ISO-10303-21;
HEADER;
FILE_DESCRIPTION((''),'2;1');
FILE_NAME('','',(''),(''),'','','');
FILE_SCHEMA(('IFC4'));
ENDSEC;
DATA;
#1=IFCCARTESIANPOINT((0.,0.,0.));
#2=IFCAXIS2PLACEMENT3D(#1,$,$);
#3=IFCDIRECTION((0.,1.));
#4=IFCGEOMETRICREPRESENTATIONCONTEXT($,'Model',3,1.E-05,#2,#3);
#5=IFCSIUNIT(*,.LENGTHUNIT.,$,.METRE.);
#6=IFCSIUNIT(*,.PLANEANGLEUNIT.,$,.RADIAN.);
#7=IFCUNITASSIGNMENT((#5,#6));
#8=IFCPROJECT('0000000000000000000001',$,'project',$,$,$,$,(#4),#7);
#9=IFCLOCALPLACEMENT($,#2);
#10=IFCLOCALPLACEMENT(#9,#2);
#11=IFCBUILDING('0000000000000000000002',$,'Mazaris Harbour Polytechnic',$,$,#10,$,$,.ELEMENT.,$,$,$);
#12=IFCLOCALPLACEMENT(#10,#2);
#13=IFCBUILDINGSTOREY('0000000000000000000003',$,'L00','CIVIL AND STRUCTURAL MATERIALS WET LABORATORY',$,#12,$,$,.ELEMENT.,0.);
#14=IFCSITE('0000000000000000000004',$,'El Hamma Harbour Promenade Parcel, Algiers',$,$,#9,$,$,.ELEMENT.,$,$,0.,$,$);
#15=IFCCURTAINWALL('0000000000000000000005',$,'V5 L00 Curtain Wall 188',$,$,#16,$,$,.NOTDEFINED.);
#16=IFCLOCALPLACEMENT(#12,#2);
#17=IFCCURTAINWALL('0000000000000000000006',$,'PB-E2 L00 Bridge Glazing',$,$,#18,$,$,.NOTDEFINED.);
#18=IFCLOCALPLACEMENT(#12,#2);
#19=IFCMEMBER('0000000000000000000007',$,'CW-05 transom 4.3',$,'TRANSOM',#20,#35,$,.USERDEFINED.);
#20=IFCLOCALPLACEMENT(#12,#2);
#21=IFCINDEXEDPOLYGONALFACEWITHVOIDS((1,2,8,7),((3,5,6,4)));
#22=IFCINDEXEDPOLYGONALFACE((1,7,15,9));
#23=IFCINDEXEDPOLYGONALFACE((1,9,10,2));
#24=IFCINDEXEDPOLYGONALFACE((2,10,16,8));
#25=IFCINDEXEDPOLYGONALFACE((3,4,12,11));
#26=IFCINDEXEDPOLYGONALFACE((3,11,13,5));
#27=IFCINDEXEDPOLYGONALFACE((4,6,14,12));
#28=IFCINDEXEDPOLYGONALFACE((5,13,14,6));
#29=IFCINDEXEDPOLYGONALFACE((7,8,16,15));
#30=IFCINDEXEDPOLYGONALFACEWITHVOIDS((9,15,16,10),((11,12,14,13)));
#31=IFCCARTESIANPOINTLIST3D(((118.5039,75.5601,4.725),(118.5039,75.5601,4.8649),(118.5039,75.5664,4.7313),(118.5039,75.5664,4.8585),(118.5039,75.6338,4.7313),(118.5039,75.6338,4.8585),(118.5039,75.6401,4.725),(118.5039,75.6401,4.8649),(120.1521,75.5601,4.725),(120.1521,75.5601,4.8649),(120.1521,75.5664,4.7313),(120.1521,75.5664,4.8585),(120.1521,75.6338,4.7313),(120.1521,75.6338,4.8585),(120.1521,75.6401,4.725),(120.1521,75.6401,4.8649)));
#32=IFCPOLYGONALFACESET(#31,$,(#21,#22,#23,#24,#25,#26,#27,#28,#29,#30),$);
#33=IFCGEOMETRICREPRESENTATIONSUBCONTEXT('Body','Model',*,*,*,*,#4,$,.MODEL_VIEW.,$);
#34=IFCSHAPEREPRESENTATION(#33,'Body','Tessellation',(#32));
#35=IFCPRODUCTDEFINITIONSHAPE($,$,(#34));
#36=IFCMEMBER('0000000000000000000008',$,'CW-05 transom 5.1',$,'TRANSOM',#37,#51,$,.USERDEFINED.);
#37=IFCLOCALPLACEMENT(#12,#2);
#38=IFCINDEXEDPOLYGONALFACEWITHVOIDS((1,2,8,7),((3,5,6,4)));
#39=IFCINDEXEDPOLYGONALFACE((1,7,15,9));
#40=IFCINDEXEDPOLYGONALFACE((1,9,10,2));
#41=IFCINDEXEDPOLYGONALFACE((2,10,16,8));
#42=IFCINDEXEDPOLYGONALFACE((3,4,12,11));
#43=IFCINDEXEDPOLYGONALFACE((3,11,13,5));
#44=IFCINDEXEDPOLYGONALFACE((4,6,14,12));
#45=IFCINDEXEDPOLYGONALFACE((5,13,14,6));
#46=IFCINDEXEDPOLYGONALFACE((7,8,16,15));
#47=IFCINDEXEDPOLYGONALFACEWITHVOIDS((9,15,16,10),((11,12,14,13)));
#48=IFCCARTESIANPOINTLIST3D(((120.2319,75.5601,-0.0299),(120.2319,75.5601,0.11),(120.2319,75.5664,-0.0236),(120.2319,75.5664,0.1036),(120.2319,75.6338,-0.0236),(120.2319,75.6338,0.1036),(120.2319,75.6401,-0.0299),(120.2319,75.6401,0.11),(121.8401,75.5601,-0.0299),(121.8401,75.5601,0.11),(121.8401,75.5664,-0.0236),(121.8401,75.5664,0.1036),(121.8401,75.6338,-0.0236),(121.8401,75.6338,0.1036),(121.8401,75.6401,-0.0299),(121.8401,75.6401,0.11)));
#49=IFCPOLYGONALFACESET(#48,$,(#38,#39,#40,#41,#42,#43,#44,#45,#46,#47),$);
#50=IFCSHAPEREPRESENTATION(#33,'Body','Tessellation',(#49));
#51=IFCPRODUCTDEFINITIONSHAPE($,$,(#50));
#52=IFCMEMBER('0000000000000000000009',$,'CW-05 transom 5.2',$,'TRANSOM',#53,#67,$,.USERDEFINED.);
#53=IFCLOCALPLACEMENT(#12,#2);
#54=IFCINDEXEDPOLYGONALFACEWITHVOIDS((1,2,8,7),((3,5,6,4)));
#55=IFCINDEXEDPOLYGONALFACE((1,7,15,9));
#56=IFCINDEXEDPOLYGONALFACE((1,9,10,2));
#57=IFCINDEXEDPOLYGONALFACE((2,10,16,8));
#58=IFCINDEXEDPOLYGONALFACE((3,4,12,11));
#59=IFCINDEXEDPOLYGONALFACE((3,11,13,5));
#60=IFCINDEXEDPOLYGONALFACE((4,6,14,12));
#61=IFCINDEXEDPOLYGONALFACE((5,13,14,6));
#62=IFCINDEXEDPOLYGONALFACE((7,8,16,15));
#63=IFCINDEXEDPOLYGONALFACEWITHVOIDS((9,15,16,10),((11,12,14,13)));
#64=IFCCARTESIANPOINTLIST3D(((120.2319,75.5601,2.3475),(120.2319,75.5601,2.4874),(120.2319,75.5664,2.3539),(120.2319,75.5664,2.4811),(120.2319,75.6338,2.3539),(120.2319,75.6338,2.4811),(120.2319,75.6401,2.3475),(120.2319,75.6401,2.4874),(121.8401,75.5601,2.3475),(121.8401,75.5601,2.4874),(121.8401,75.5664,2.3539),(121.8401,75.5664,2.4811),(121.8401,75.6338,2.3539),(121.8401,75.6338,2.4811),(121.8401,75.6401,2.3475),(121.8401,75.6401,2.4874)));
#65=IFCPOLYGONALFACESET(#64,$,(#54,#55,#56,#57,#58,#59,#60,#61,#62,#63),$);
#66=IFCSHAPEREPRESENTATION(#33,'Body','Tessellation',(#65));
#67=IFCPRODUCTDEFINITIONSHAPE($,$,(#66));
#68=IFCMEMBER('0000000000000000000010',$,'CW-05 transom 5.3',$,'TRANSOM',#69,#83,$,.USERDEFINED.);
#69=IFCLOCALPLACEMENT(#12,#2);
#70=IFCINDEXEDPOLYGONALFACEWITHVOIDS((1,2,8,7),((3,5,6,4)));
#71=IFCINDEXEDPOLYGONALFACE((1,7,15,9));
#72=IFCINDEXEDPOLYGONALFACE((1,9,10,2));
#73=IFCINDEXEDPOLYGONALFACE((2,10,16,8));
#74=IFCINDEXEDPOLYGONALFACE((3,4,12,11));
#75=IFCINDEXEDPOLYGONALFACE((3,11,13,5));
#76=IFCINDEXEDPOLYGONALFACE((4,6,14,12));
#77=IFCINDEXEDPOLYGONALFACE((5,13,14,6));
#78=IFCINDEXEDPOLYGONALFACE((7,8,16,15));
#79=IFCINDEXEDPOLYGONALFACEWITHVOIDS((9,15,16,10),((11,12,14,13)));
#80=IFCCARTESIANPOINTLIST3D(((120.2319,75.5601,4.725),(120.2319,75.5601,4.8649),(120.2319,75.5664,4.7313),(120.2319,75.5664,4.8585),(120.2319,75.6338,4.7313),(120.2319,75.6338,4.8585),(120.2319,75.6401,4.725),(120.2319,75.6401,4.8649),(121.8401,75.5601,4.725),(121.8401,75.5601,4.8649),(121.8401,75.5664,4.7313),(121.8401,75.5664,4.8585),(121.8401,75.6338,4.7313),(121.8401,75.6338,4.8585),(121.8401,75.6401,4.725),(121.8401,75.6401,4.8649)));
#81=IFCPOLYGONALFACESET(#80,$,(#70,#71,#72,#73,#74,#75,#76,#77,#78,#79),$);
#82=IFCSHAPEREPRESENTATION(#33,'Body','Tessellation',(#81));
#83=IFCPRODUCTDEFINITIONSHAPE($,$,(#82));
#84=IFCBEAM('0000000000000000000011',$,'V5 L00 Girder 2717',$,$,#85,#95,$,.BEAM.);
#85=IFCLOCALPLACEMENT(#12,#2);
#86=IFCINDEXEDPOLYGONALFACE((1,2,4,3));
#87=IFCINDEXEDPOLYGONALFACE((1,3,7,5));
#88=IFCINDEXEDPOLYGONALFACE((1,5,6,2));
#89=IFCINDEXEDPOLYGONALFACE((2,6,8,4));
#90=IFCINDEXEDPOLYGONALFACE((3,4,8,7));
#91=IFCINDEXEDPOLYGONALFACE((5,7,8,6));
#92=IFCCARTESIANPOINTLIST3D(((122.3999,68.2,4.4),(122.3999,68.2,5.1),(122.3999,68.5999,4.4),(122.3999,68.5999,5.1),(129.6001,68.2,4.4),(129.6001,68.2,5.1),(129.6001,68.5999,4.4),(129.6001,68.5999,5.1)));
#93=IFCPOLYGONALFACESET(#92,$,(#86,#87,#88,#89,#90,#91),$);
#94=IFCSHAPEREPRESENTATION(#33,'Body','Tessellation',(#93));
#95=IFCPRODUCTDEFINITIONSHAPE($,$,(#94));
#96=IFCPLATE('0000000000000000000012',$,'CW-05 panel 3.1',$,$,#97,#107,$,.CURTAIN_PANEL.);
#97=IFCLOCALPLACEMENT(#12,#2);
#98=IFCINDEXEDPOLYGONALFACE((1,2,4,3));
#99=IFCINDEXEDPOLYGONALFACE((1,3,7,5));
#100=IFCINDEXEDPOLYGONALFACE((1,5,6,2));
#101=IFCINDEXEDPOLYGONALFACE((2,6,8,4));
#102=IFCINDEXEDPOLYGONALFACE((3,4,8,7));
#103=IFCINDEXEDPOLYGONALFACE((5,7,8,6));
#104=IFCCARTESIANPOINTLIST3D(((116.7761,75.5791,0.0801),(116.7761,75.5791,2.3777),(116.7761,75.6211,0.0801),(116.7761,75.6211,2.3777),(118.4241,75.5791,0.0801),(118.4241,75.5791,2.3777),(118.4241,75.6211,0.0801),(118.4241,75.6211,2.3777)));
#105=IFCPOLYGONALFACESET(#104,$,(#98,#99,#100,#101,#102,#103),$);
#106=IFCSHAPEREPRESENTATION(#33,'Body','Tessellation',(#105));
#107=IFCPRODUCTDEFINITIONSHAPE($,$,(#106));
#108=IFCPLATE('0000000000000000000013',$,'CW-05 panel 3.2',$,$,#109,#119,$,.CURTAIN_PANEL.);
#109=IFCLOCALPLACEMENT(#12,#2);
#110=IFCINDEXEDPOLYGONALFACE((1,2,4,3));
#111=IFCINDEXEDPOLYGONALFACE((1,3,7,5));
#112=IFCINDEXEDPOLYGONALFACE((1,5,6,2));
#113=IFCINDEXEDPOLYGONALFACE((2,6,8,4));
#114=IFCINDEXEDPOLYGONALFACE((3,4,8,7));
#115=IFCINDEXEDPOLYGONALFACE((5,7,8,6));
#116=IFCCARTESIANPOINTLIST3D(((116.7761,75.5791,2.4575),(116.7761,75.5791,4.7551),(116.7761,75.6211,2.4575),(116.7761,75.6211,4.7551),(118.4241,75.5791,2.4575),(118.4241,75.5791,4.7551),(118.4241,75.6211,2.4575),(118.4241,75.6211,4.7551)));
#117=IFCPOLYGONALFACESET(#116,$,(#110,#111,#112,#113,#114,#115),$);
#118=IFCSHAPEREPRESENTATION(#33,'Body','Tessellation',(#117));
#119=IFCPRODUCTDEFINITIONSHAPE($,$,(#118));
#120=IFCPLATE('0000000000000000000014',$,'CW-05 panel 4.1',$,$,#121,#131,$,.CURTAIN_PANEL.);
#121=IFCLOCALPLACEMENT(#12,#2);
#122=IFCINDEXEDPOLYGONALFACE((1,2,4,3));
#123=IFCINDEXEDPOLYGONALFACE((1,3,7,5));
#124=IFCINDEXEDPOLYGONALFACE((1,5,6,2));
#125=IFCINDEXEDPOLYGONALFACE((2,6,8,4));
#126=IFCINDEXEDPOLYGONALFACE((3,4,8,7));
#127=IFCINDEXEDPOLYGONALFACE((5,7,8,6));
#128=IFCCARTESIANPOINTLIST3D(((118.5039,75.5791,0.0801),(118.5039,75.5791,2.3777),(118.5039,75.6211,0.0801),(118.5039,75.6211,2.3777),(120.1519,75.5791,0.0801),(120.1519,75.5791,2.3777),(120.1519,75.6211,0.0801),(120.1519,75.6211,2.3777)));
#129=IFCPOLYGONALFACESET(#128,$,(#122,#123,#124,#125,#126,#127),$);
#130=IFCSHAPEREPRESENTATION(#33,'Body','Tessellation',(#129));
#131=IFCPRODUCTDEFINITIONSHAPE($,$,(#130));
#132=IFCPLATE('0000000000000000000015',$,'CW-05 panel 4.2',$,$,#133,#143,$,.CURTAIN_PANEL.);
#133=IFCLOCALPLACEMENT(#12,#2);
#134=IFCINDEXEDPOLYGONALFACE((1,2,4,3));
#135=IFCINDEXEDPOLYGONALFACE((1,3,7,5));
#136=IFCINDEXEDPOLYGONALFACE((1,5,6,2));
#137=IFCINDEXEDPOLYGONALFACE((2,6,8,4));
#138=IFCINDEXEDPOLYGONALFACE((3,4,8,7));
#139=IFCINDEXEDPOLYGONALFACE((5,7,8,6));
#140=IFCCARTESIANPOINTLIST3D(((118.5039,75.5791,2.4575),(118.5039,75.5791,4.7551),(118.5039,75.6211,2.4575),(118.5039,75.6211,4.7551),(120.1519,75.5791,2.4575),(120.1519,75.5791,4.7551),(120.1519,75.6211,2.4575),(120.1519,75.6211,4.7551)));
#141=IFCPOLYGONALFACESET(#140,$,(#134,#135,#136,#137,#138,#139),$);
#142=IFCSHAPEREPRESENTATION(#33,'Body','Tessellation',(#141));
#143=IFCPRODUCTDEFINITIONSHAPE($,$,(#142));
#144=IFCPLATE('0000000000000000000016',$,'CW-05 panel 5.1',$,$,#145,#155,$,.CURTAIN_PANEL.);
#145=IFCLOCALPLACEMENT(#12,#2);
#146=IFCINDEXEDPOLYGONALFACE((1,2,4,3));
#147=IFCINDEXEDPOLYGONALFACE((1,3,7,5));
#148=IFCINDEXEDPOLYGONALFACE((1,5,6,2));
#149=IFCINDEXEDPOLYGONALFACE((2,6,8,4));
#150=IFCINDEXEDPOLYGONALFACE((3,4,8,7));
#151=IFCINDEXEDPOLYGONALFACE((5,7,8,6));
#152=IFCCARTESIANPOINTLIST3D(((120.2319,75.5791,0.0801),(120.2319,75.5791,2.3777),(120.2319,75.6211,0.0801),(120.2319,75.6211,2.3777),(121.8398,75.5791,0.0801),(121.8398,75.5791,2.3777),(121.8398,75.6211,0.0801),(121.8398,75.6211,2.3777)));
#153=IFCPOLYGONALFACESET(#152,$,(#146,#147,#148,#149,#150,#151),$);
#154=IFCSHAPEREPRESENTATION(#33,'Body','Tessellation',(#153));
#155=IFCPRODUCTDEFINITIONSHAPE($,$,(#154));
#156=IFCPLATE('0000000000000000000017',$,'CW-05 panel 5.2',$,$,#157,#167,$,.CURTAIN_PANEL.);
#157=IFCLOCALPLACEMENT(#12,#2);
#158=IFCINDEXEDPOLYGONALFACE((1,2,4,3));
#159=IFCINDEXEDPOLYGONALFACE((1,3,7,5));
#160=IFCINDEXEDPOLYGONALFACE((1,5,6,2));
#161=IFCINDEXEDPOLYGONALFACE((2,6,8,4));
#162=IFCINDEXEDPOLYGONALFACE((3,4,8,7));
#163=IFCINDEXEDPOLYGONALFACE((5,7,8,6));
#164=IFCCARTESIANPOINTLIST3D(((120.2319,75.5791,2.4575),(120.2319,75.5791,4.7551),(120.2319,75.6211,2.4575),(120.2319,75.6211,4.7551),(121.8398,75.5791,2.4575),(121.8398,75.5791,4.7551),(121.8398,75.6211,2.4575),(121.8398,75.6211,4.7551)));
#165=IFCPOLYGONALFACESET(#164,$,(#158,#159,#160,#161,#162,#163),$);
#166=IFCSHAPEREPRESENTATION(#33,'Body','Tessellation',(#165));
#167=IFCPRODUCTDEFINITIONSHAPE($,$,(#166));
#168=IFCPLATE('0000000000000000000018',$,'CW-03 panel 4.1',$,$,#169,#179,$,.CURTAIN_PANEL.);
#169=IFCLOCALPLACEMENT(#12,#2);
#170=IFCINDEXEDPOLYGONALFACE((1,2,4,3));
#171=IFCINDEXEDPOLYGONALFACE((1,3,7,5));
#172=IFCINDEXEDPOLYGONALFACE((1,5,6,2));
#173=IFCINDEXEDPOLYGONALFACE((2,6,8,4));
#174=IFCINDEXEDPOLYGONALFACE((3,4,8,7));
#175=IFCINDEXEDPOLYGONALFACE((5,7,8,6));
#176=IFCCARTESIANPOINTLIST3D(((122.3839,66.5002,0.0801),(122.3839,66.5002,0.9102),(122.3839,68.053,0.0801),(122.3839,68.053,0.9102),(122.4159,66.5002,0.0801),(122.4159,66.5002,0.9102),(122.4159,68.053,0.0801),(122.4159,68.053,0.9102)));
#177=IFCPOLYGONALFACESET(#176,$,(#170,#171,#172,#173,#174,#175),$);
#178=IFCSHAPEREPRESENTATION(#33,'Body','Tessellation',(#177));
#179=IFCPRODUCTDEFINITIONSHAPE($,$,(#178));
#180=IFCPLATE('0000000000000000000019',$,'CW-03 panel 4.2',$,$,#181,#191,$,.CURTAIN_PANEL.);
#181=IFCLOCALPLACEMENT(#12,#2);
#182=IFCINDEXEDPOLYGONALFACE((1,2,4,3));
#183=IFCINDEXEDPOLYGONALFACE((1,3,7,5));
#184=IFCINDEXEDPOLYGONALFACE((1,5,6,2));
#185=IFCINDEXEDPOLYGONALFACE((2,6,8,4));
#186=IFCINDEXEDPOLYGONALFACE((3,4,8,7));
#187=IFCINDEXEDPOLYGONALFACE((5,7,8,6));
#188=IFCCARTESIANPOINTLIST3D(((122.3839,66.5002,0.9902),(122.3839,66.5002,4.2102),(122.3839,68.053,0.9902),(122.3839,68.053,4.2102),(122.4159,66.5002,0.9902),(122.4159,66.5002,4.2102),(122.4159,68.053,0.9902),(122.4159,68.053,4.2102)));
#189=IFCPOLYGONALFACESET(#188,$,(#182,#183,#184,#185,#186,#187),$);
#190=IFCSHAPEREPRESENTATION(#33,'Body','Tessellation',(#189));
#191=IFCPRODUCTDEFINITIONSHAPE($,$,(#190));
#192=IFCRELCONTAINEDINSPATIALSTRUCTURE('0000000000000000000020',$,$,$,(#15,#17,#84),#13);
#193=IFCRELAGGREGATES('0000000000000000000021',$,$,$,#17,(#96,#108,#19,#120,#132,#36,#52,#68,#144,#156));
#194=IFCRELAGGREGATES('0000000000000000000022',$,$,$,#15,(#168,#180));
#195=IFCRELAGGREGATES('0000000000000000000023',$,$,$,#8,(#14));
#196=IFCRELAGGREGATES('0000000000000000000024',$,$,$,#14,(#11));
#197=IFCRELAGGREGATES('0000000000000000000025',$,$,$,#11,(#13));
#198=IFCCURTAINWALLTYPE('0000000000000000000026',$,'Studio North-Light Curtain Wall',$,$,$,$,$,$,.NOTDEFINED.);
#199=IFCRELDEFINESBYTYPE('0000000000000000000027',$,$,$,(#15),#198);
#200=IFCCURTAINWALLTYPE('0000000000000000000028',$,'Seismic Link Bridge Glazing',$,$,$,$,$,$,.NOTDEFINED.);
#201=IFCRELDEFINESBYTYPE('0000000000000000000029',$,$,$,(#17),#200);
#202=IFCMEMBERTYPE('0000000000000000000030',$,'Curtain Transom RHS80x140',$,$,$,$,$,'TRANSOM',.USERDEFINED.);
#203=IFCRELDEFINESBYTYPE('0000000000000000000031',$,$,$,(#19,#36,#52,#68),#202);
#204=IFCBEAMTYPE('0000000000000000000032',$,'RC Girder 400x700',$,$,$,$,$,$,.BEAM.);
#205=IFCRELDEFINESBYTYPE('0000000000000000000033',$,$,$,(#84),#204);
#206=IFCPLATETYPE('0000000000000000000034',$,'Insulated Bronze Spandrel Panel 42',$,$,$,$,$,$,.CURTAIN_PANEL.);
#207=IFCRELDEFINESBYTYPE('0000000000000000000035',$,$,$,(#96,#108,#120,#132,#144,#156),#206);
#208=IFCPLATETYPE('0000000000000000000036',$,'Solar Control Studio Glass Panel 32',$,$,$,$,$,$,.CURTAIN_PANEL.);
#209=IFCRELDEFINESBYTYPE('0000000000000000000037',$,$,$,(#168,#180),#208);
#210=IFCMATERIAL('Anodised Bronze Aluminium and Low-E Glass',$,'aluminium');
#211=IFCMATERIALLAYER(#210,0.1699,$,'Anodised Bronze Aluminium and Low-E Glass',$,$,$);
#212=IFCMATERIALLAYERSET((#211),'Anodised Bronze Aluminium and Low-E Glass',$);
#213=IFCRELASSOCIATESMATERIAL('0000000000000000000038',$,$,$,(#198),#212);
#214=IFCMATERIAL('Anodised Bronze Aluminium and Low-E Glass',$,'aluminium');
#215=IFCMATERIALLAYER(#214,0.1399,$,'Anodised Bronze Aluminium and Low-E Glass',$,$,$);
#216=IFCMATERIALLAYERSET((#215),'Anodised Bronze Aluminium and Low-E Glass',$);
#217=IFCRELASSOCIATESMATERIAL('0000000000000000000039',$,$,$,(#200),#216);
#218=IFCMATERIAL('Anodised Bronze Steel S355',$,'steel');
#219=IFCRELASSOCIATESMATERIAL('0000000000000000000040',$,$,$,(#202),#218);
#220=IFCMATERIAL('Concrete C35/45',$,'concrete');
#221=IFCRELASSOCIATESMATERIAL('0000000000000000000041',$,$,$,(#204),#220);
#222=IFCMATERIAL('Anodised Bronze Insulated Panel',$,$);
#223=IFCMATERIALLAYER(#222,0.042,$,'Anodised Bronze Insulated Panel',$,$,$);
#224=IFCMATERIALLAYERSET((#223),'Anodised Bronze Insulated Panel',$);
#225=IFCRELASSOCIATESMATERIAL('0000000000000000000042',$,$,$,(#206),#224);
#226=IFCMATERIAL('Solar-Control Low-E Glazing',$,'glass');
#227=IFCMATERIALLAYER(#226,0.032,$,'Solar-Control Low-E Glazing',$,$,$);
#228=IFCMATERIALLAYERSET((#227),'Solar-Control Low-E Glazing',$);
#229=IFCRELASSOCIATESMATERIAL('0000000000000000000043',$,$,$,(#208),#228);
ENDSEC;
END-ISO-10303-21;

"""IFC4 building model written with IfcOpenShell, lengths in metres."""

from ifc_helpers import new_model, si_unit, direction, frame, origin, origin_2d, place, context, subcontext, project, spatial, rectangle, hollow_rectangle, extrude, material, layer, layer_set, material_profile, profile_set, type_object, element, aggregate, save


model = new_model("IFC4")

# Units and contexts
model_context = context("Model", 3, precision=1e-05, world=origin(), true_north=direction((0.0, 1.0)))
body_context = subcontext(model_context, "Body", "Model", "MODEL_VIEW")
ifc_project = project(units=[si_unit("LENGTHUNIT", "METRE"), si_unit("PLANEANGLEUNIT", "RADIAN")], contexts=[model_context])

# Site, building, storey
site_placement = place(None, origin())
site = spatial("IfcSite", under=ifc_project, at=site_placement, Name="El Hamma Harbour Promenade Parcel, Algiers", CompositionType="ELEMENT", RefElevation=0.0)
building_placement = place(site_placement, origin())
building = spatial("IfcBuilding", under=site, at=building_placement, Name="Mazaris Harbour Polytechnic", CompositionType="ELEMENT")
storey_placement = place(building_placement, origin())
storey = spatial("IfcBuildingStorey", under=building, at=storey_placement, Name="L00", Description="CIVIL AND STRUCTURAL MATERIALS WET LABORATORY", CompositionType="ELEMENT", Elevation=0.0)

# Curtain wall
ifc_material_1 = material(Name="Anodised Bronze Aluminium and Low-E Glass", Category="aluminium")
ifc_layer_1 = layer(ifc_material_1, 0.1699, Name="Anodised Bronze Aluminium and Low-E Glass")
ifc_layer_set_1 = layer_set([ifc_layer_1], Name="Anodised Bronze Aluminium and Low-E Glass")
curtain_wall_type_1 = type_object("IfcCurtainWallType", Name="Studio North-Light Curtain Wall", PredefinedType="NOTDEFINED", material=ifc_layer_set_1)
curtain_wall_1_placement = place(storey_placement, origin())
curtain_wall_1 = element("IfcCurtainWall", 1, at=curtain_wall_1_placement, inside=storey, type_object=curtain_wall_type_1, Name="V5 L00 Curtain Wall 188", PredefinedType="NOTDEFINED")

# Curtain wall, members
ifc_material_2 = material(Name="Anodised Bronze Aluminium and Low-E Glass", Category="aluminium")
ifc_layer_2 = layer(ifc_material_2, 0.1399, Name="Anodised Bronze Aluminium and Low-E Glass")
ifc_layer_set_2 = layer_set([ifc_layer_2], Name="Anodised Bronze Aluminium and Low-E Glass")
curtain_wall_type_2 = type_object("IfcCurtainWallType", Name="Seismic Link Bridge Glazing", PredefinedType="NOTDEFINED", material=ifc_layer_set_2)
curtain_wall_2_placement = place(storey_placement, origin())
curtain_wall_2 = element("IfcCurtainWall", 2, at=curtain_wall_2_placement, inside=storey, type_object=curtain_wall_type_2, Name="PB-E2 L00 Bridge Glazing", PredefinedType="NOTDEFINED")
ifc_material_3 = material(Name="Anodised Bronze Steel S355", Category="steel")
ifc_material_profile_1 = material_profile(ifc_material_3, hollow_rectangle(XDim=0.0801, YDim=0.1399, WallThickness=0.0063, at=origin_2d()), Name="RHS 80x140x6.3")
ifc_profile_set_1 = profile_set([ifc_material_profile_1], Name="Anodised Bronze Steel S355")
member_type_1 = type_object("IfcMemberType", Name="Curtain Transom RHS80x140", ElementType="TRANSOM", PredefinedType="USERDEFINED", material=ifc_profile_set_1)
member_1_placement = place(storey_placement, frame((118.5039, 75.6001, 4.7949), z_axis=(1.0, 0.0, 0.0), x_axis=(0.0, 1.0, 0.0)))
member_1 = element("IfcMember", 3, at=member_1_placement, type_object=member_type_1, Name="CW-05 transom 4.3", ObjectType="TRANSOM", PredefinedType="USERDEFINED", context=body_context, shape_type="SweptSolid", body=[
    extrude(hollow_rectangle(XDim=0.0801, YDim=0.1399, WallThickness=0.0063, at=origin_2d()), origin(), (0.0, 0.0, 1.0), 1.6482),
])
member_2_placement = place(storey_placement, frame((120.2319, 75.6001, 0.04), z_axis=(1.0, 0.0, 0.0), x_axis=(0.0, 1.0, 0.0)))
member_2 = element("IfcMember", 4, at=member_2_placement, type_object=member_type_1, Name="CW-05 transom 5.1", ObjectType="TRANSOM", PredefinedType="USERDEFINED", context=body_context, shape_type="SweptSolid", body=[
    extrude(hollow_rectangle(XDim=0.0801, YDim=0.1399, WallThickness=0.0063, at=origin_2d()), origin(), (0.0, 0.0, 1.0), 1.6082),
])
member_3_placement = place(storey_placement, frame((120.2319, 75.6001, 2.4175), z_axis=(1.0, 0.0, 0.0), x_axis=(0.0, 1.0, 0.0)))
member_3 = element("IfcMember", 5, at=member_3_placement, type_object=member_type_1, Name="CW-05 transom 5.2", ObjectType="TRANSOM", PredefinedType="USERDEFINED", context=body_context, shape_type="SweptSolid", body=[
    extrude(hollow_rectangle(XDim=0.0801, YDim=0.1399, WallThickness=0.0063, at=origin_2d()), origin(), (0.0, 0.0, 1.0), 1.6082),
])
member_4_placement = place(storey_placement, frame((120.2319, 75.6001, 4.7949), z_axis=(1.0, 0.0, 0.0), x_axis=(0.0, 1.0, 0.0)))
member_4 = element("IfcMember", 6, at=member_4_placement, type_object=member_type_1, Name="CW-05 transom 5.3", ObjectType="TRANSOM", PredefinedType="USERDEFINED", context=body_context, shape_type="SweptSolid", body=[
    extrude(hollow_rectangle(XDim=0.0801, YDim=0.1399, WallThickness=0.0063, at=origin_2d()), origin(), (0.0, 0.0, 1.0), 1.6082),
])

# Beam
ifc_material_4 = material(Name="Concrete C35/45", Category="concrete")
ifc_material_profile_2 = material_profile(ifc_material_4, rectangle(XDim=0.3999, YDim=0.7, at=origin_2d()), Name="RECT400x700")
ifc_profile_set_2 = profile_set([ifc_material_profile_2], Name="Concrete C35/45")
beam_type = type_object("IfcBeamType", Name="RC Girder 400x700", PredefinedType="BEAM", material=ifc_profile_set_2)
beam_placement = place(storey_placement, frame((122.3999, 68.3999, 4.75), z_axis=(1.0, 0.0, 0.0), x_axis=(0.0, 1.0, 0.0)))
element("IfcBeam", 7, at=beam_placement, inside=storey, type_object=beam_type, Name="V5 L00 Girder 2717", PredefinedType="BEAM", context=body_context, shape_type="SweptSolid", body=[
    extrude(rectangle(XDim=0.3999, YDim=0.7, at=origin_2d()), origin(), (0.0, 0.0, 1.0), 7.2002),
])

# Plates
ifc_material_5 = material(Name="Anodised Bronze Insulated Panel")
ifc_layer_3 = layer(ifc_material_5, 0.042, Name="Anodised Bronze Insulated Panel")
ifc_layer_set_3 = layer_set([ifc_layer_3], Name="Anodised Bronze Insulated Panel")
plate_type_1 = type_object("IfcPlateType", Name="Insulated Bronze Spandrel Panel 42", PredefinedType="CURTAIN_PANEL", material=ifc_layer_set_3)
plate_1_placement = place(storey_placement, frame((117.6001, 75.6001, 0.0801), z_axis=(0.0, 0.0, 1.0), x_axis=(1.0, 0.0, 0.0)))
plate_1 = element("IfcPlate", 8, at=plate_1_placement, type_object=plate_type_1, Name="CW-05 panel 3.1", PredefinedType="CURTAIN_PANEL", context=body_context, shape_type="SweptSolid", body=[
    extrude(rectangle(XDim=1.6479, YDim=0.042, at=origin_2d()), origin(), (0.0, 0.0, 1.0), 2.2976),
])
plate_2_placement = place(storey_placement, frame((117.6001, 75.6001, 2.4575), z_axis=(0.0, 0.0, 1.0), x_axis=(1.0, 0.0, 0.0)))
plate_2 = element("IfcPlate", 9, at=plate_2_placement, type_object=plate_type_1, Name="CW-05 panel 3.2", PredefinedType="CURTAIN_PANEL", context=body_context, shape_type="SweptSolid", body=[
    extrude(rectangle(XDim=1.6479, YDim=0.042, at=origin_2d()), origin(), (0.0, 0.0, 1.0), 2.2976),
])
plate_3_placement = place(storey_placement, frame((119.3279, 75.6001, 0.0801), z_axis=(0.0, 0.0, 1.0), x_axis=(1.0, 0.0, 0.0)))
plate_3 = element("IfcPlate", 10, at=plate_3_placement, type_object=plate_type_1, Name="CW-05 panel 4.1", PredefinedType="CURTAIN_PANEL", context=body_context, shape_type="SweptSolid", body=[
    extrude(rectangle(XDim=1.6479, YDim=0.042, at=origin_2d()), origin(), (0.0, 0.0, 1.0), 2.2976),
])
plate_4_placement = place(storey_placement, frame((119.3279, 75.6001, 2.4575), z_axis=(0.0, 0.0, 1.0), x_axis=(1.0, 0.0, 0.0)))
plate_4 = element("IfcPlate", 11, at=plate_4_placement, type_object=plate_type_1, Name="CW-05 panel 4.2", PredefinedType="CURTAIN_PANEL", context=body_context, shape_type="SweptSolid", body=[
    extrude(rectangle(XDim=1.6479, YDim=0.042, at=origin_2d()), origin(), (0.0, 0.0, 1.0), 2.2976),
])
plate_5_placement = place(storey_placement, frame((121.0359, 75.6001, 0.0801), z_axis=(0.0, 0.0, 1.0), x_axis=(1.0, 0.0, 0.0)))
plate_5 = element("IfcPlate", 12, at=plate_5_placement, type_object=plate_type_1, Name="CW-05 panel 5.1", PredefinedType="CURTAIN_PANEL", context=body_context, shape_type="SweptSolid", body=[
    extrude(rectangle(XDim=1.6079, YDim=0.042, at=origin_2d()), origin(), (0.0, 0.0, 1.0), 2.2976),
])
plate_6_placement = place(storey_placement, frame((121.0359, 75.6001, 2.4575), z_axis=(0.0, 0.0, 1.0), x_axis=(1.0, 0.0, 0.0)))
plate_6 = element("IfcPlate", 13, at=plate_6_placement, type_object=plate_type_1, Name="CW-05 panel 5.2", PredefinedType="CURTAIN_PANEL", context=body_context, shape_type="SweptSolid", body=[
    extrude(rectangle(XDim=1.6079, YDim=0.042, at=origin_2d()), origin(), (0.0, 0.0, 1.0), 2.2976),
])
aggregate(curtain_wall_2, [plate_1, plate_2, member_1, plate_3, plate_4, member_2, member_3, member_4, plate_5, plate_6])
ifc_material_6 = material(Name="Solar-Control Low-E Glazing", Category="glass")
ifc_layer_4 = layer(ifc_material_6, 0.032, Name="Solar-Control Low-E Glazing")
ifc_layer_set_4 = layer_set([ifc_layer_4], Name="Solar-Control Low-E Glazing")
plate_type_2 = type_object("IfcPlateType", Name="Solar Control Studio Glass Panel 32", PredefinedType="CURTAIN_PANEL", material=ifc_layer_set_4)
plate_7_placement = place(storey_placement, frame((122.3999, 67.2766, 0.0801), z_axis=(0.0, 0.0, 1.0), x_axis=(0.0, 1.0, 0.0)))
plate_7 = element("IfcPlate", 14, at=plate_7_placement, type_object=plate_type_2, Name="CW-03 panel 4.1", PredefinedType="CURTAIN_PANEL", context=body_context, shape_type="SweptSolid", body=[
    extrude(rectangle(XDim=1.5527, YDim=0.032, at=origin_2d()), origin(), (0.0, 0.0, 1.0), 0.8301),
])
plate_8_placement = place(storey_placement, frame((122.3999, 67.2766, 0.9902), z_axis=(0.0, 0.0, 1.0), x_axis=(0.0, 1.0, 0.0)))
plate_8 = element("IfcPlate", 15, at=plate_8_placement, type_object=plate_type_2, Name="CW-03 panel 4.2", PredefinedType="CURTAIN_PANEL", context=body_context, shape_type="SweptSolid", body=[
    extrude(rectangle(XDim=1.5527, YDim=0.032, at=origin_2d()), origin(), (0.0, 0.0, 1.0), 3.22),
])
aggregate(curtain_wall_1, [plate_7, plate_8])

save(model, "model.ifc")
